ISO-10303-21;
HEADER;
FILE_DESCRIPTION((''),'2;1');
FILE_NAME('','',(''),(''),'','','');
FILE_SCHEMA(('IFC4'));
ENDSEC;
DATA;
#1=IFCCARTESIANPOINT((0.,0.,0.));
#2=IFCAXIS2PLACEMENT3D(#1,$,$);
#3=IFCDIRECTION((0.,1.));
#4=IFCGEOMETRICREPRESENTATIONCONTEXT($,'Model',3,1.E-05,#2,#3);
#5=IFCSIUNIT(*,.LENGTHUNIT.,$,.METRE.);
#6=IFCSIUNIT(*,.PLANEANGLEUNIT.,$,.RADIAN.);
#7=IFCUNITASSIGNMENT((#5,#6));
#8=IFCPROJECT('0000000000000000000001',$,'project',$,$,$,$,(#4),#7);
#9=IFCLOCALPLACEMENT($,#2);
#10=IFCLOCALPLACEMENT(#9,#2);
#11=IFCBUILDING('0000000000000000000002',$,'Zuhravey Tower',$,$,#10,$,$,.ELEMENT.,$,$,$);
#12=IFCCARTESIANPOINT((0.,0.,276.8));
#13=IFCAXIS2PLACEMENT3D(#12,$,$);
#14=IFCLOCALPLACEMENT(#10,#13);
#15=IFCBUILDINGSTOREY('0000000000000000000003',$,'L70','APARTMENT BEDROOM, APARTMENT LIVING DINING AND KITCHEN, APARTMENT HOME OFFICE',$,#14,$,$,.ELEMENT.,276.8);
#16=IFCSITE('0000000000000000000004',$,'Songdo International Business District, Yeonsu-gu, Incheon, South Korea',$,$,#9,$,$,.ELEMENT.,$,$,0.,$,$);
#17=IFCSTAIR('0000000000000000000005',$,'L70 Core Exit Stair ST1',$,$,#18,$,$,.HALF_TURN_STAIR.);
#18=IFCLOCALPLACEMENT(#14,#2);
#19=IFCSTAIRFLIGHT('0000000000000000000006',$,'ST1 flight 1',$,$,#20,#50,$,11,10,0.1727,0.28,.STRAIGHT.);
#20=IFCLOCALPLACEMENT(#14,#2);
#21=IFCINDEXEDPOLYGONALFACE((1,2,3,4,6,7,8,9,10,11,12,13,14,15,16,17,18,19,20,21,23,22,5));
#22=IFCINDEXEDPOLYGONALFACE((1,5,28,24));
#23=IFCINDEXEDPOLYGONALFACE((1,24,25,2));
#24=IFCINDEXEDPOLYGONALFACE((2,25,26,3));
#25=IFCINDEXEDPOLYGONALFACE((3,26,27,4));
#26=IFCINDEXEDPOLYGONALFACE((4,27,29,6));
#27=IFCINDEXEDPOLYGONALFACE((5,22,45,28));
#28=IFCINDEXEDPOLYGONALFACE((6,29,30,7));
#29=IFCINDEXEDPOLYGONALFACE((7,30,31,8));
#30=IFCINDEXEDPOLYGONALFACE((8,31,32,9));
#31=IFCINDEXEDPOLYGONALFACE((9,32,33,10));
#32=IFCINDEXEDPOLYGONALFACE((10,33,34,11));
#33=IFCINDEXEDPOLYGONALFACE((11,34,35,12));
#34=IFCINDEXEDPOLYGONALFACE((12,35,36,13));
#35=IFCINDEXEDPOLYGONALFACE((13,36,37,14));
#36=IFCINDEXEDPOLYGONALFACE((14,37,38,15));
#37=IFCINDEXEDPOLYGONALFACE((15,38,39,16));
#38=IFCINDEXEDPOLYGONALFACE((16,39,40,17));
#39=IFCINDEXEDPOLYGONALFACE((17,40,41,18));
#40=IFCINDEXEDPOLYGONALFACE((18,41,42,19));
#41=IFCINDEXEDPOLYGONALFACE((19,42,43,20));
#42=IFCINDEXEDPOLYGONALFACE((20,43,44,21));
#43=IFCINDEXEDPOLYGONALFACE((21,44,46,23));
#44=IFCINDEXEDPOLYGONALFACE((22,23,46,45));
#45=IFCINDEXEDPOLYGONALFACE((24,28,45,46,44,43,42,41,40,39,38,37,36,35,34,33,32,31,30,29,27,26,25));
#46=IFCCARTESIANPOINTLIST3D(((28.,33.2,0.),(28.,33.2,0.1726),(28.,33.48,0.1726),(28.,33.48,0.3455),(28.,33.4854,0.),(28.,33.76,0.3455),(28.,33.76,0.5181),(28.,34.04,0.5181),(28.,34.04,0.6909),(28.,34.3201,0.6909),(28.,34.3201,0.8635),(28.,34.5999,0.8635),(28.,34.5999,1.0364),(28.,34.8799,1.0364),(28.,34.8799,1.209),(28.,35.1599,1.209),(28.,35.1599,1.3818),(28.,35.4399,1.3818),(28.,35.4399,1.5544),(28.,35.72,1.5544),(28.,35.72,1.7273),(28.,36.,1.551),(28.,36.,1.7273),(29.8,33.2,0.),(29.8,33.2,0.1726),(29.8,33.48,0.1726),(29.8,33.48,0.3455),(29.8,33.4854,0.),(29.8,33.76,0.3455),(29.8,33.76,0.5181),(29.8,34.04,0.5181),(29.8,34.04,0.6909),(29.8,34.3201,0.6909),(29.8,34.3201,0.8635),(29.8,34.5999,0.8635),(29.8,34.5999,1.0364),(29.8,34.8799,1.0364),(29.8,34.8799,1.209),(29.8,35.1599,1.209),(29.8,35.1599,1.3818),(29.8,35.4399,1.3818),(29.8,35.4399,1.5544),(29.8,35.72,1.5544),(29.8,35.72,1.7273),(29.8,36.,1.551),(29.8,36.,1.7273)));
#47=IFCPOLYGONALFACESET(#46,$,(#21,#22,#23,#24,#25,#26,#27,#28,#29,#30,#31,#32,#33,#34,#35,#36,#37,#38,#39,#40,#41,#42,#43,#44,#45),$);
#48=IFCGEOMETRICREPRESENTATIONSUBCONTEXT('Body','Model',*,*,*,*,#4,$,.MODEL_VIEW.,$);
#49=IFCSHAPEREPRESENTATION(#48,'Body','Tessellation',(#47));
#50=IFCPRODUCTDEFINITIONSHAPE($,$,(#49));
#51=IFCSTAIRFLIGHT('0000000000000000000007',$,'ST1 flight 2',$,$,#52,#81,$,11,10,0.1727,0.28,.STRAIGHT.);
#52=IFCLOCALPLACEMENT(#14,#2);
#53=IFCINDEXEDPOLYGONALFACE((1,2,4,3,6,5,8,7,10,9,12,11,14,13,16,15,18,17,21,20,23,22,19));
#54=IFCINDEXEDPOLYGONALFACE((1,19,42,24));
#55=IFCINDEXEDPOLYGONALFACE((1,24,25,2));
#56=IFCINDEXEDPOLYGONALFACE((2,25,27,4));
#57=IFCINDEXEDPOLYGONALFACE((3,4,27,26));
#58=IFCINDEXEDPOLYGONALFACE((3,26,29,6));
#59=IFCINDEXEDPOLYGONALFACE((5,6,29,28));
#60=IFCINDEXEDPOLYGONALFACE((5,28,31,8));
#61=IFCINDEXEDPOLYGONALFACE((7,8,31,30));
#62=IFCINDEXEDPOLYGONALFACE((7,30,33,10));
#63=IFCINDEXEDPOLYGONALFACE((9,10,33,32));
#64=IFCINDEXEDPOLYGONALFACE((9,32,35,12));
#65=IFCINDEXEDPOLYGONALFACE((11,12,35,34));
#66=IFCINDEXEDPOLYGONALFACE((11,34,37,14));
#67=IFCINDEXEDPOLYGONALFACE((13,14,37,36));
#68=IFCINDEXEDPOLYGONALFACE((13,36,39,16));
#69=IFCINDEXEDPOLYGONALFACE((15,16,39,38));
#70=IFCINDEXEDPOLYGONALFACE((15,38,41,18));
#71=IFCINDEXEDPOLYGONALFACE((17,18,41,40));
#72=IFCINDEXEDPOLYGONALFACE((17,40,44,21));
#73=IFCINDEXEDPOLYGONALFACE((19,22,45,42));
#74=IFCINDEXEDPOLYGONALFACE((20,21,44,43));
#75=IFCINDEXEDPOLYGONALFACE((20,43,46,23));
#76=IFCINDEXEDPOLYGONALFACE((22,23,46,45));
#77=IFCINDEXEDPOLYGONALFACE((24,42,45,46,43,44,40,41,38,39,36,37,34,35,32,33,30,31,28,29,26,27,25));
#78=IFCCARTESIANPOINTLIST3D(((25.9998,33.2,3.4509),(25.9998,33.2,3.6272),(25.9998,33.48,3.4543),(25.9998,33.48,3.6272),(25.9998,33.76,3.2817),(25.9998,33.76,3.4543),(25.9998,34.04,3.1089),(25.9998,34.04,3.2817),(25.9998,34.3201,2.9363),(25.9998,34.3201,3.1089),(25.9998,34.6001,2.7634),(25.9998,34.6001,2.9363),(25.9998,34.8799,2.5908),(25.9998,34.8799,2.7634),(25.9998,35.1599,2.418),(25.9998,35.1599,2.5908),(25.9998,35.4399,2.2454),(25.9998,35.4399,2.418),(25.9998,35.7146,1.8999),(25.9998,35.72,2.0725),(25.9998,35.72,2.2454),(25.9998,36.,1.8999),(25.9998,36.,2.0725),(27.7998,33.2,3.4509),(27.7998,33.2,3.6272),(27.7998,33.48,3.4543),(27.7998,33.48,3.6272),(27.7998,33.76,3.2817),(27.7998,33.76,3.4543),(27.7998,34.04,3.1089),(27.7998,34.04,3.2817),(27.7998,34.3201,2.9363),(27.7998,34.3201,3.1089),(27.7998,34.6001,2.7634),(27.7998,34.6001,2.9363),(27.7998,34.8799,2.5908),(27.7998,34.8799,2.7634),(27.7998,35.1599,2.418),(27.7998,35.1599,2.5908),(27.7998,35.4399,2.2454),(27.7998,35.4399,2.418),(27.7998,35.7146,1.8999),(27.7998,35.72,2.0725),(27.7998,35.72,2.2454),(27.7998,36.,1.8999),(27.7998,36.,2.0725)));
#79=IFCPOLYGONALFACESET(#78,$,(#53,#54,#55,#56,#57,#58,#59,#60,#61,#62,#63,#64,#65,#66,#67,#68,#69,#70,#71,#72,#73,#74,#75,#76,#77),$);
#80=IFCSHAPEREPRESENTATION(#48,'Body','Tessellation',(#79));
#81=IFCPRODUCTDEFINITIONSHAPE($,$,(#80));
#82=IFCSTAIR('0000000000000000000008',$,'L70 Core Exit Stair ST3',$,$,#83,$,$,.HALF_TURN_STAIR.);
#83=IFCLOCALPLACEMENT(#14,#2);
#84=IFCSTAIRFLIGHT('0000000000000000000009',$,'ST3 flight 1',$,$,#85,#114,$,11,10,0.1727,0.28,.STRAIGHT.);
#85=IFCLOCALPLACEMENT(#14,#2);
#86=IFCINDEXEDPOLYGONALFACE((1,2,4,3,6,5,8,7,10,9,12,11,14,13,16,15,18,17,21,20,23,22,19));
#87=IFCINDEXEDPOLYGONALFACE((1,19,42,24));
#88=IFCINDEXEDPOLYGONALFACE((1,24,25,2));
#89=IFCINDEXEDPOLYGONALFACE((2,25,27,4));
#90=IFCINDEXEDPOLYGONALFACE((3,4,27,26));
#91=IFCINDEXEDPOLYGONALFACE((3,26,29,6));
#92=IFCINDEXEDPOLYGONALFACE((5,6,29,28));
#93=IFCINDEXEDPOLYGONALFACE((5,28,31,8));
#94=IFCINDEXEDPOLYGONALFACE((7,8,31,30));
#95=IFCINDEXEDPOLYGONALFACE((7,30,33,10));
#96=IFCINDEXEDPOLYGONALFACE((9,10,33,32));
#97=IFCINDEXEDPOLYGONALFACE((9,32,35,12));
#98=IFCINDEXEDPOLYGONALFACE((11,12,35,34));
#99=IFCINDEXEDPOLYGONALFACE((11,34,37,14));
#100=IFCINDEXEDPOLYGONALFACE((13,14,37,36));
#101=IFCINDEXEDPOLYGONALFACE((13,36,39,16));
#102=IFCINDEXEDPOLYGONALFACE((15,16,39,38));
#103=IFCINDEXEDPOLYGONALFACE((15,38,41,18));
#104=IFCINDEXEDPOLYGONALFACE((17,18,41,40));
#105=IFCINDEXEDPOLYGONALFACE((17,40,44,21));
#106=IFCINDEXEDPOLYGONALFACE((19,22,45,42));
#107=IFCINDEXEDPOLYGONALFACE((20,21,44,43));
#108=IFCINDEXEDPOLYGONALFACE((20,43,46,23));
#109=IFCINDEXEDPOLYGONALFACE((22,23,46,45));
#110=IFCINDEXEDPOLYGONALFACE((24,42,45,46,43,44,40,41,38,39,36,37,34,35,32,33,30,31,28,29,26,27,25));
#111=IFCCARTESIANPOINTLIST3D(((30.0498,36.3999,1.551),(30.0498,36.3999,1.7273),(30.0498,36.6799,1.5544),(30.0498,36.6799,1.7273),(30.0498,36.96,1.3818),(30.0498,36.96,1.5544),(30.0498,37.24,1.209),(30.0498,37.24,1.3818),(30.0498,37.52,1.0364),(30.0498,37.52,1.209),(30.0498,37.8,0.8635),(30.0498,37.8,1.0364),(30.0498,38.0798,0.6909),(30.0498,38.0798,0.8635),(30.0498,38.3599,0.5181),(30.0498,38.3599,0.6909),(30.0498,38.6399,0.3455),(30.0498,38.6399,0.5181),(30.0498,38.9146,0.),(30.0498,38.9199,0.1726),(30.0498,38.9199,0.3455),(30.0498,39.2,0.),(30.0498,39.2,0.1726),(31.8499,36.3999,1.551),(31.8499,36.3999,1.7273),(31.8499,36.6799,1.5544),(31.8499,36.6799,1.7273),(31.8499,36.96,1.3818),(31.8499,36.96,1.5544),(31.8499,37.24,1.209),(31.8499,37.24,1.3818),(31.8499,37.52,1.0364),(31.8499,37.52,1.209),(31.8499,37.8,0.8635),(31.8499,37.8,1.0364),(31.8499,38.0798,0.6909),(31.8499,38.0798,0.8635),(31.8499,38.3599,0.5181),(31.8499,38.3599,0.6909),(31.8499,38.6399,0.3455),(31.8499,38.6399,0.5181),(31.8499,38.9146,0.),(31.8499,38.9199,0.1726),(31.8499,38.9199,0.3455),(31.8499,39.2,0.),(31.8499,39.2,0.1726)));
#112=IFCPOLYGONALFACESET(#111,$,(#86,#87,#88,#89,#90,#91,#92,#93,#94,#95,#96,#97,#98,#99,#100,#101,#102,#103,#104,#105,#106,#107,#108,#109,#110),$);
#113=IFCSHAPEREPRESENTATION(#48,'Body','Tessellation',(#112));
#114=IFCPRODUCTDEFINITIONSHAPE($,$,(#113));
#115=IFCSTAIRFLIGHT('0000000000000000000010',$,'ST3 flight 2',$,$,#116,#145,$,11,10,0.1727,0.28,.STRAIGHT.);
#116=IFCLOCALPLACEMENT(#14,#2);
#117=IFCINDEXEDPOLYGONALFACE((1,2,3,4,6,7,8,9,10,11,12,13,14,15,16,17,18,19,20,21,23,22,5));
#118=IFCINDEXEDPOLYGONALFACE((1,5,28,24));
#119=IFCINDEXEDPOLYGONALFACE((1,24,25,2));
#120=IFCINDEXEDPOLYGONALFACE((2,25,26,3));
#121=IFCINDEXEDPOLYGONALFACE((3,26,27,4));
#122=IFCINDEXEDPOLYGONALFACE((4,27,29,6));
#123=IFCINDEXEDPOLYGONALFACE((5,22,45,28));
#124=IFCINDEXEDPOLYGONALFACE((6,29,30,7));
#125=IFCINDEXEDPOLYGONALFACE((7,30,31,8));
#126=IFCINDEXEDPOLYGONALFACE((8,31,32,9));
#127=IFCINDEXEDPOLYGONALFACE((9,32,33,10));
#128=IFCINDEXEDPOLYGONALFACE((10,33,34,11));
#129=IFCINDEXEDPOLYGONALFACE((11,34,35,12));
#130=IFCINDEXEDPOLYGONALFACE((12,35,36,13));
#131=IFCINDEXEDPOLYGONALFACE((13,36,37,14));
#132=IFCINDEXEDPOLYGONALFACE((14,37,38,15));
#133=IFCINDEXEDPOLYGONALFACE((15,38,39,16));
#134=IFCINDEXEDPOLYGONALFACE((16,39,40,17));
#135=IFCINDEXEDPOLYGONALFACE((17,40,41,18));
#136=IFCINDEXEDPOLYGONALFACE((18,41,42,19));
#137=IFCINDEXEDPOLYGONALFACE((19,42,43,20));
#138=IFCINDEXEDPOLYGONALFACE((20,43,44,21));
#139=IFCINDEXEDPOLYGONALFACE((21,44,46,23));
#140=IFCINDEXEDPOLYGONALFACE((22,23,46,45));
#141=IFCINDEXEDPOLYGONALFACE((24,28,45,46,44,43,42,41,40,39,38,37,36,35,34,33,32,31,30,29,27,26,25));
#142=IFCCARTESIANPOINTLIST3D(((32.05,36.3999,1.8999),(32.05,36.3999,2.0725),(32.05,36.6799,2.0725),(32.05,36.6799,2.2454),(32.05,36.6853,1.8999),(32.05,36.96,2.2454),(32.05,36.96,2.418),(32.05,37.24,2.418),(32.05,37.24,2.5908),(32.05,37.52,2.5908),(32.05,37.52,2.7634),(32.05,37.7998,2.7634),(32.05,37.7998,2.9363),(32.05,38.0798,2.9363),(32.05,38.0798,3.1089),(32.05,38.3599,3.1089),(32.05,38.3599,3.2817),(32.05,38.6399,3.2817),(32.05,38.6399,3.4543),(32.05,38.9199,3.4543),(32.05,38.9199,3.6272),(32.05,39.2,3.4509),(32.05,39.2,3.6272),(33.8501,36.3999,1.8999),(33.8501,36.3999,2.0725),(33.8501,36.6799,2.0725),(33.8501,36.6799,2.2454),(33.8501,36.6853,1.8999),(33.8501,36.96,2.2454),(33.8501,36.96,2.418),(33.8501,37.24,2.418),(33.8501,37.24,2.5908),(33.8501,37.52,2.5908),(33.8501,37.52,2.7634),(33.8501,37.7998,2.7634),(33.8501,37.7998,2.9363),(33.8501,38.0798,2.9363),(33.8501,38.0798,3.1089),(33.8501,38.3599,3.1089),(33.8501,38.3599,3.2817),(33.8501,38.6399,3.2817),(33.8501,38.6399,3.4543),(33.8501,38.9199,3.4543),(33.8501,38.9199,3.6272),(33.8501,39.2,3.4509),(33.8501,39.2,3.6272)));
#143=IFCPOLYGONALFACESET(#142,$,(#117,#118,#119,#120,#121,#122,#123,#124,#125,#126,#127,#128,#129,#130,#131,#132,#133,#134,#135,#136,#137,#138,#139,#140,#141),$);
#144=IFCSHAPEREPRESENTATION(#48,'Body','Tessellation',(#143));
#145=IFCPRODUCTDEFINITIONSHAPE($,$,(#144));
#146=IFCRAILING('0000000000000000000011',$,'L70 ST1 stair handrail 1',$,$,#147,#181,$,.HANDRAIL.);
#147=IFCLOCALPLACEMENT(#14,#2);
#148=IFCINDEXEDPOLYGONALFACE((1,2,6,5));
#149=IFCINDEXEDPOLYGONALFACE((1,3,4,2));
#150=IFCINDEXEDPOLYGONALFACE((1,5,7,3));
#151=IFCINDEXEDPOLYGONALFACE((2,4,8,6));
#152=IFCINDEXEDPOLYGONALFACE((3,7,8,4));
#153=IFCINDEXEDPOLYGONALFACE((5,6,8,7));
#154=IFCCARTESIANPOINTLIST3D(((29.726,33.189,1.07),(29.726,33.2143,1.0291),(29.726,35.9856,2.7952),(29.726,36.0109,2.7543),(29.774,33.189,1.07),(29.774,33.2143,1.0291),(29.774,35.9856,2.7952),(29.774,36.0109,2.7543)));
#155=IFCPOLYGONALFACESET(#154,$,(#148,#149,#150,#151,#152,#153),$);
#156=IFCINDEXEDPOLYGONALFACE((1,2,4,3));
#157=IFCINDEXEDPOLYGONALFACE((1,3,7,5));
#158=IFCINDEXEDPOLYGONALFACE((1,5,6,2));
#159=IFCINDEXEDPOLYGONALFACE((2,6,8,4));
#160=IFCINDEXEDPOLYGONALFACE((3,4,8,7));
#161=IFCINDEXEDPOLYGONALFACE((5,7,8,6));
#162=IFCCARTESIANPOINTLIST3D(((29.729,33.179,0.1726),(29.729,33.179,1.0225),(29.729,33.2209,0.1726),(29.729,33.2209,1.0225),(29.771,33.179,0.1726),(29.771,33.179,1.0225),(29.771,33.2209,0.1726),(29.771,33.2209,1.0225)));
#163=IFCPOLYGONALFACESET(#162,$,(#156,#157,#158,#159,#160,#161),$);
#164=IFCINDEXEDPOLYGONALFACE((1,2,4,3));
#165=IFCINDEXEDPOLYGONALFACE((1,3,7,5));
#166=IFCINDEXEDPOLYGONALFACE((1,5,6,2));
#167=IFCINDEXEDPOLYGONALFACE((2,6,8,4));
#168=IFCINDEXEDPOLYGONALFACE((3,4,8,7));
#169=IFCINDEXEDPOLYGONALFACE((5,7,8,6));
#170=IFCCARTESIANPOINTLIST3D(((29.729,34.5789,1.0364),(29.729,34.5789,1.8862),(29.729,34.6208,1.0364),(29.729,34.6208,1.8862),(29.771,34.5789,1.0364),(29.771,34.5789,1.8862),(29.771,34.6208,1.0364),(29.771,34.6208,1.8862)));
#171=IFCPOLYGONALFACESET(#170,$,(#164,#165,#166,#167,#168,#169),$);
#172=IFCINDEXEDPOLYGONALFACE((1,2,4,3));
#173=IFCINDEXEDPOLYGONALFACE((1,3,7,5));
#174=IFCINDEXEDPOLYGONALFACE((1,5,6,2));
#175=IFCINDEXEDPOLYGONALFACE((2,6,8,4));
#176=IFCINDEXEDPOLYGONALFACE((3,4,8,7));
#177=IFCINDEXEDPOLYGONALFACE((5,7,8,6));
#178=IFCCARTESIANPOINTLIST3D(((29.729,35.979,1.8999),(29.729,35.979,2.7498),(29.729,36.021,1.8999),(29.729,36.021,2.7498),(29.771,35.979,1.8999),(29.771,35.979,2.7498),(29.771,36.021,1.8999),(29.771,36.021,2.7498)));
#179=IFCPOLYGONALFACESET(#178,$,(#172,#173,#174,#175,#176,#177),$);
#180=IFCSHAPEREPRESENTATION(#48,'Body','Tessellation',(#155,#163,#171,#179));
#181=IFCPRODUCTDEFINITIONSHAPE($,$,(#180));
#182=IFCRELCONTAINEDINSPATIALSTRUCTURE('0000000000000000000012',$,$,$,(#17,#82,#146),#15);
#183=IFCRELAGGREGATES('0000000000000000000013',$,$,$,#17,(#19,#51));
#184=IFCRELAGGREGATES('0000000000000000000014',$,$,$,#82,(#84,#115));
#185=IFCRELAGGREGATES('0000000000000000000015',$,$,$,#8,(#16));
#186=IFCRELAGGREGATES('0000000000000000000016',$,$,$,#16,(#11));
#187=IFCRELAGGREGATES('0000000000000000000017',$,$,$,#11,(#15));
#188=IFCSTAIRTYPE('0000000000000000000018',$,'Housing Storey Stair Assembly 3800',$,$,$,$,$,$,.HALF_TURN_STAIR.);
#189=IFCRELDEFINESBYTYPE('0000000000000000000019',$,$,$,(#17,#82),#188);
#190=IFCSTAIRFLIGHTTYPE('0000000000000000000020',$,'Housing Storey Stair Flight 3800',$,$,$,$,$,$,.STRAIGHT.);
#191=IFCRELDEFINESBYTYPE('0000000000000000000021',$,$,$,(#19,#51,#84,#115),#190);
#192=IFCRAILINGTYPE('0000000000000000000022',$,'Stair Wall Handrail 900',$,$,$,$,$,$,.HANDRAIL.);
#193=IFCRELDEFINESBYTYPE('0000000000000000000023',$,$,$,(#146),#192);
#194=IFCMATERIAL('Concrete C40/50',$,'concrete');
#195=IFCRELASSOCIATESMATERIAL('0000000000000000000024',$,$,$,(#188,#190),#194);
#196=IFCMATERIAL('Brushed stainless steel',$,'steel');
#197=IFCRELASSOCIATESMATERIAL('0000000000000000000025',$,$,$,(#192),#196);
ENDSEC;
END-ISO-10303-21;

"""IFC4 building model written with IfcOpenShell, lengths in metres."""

from ifc_helpers import new_model, si_unit, direction, frame, origin, origin_2d, place, context, subcontext, project, spatial, polyline, rectangle, outline, extrude, material, type_object, element, aggregate, save


model = new_model("IFC4")

# Units and contexts
model_context = context("Model", 3, precision=1e-05, world=origin(), true_north=direction((0.0, 1.0)))
body_context = subcontext(model_context, "Body", "Model", "MODEL_VIEW")
ifc_project = project(units=[si_unit("LENGTHUNIT", "METRE"), si_unit("PLANEANGLEUNIT", "RADIAN")], contexts=[model_context])

# Site, building, storey
site_placement = place(None, origin())
site = spatial("IfcSite", under=ifc_project, at=site_placement, Name="Songdo International Business District, Yeonsu-gu, Incheon, South Korea", CompositionType="ELEMENT", RefElevation=0.0)
building_placement = place(site_placement, origin())
building = spatial("IfcBuilding", under=site, at=building_placement, Name="Zuhravey Tower", CompositionType="ELEMENT")
storey_placement = place(building_placement, frame((0.0, 0.0, 276.8)))
storey = spatial("IfcBuildingStorey", under=building, at=storey_placement, Name="L70", Description="APARTMENT BEDROOM, APARTMENT LIVING DINING AND KITCHEN, APARTMENT HOME OFFICE", CompositionType="ELEMENT", Elevation=276.8)

# Stairs, stair flights
ifc_material_1 = material(Name="Concrete C40/50", Category="concrete")
stair_type = type_object("IfcStairType", Name="Housing Storey Stair Assembly 3800", PredefinedType="HALF_TURN_STAIR", material=ifc_material_1)
stair_1_placement = place(storey_placement, origin())
stair_1 = element("IfcStair", 1, at=stair_1_placement, inside=storey, type_object=stair_type, Name="L70 Core Exit Stair ST1", PredefinedType="HALF_TURN_STAIR")
stair_flight_type = type_object("IfcStairFlightType", Name="Housing Storey Stair Flight 3800", PredefinedType="STRAIGHT", material=ifc_material_1)
stair_flight_1_placement = place(storey_placement, frame((28.8999, 33.2, 0.0), z_axis=(0.0, 0.0, 1.0), x_axis=(0.0, 1.0, 0.0)))
stair_flight_1 = element("IfcStairFlight", 2, at=stair_flight_1_placement, type_object=stair_flight_type, Name="ST1 flight 1", NumberOfRisers=11, NumberOfTreads=10, PredefinedType="STRAIGHT", RiserHeight=0.1727, TreadLength=0.28, context=body_context, shape_type="SweptSolid", body=[
    extrude(outline(polyline([(0.0, 0.0), (0.0, 0.1726), (0.28, 0.1726), (0.28, 0.3455), (0.5601, 0.3455), (0.5601, 0.5181), (0.8401, 0.5181), (0.8401, 0.6909), (1.1201, 0.6909), (1.1201, 0.8635), (1.3999, 0.8635), (1.3999, 1.0364), (1.6799, 1.0364), (1.6799, 1.209), (1.96, 1.209), (1.96, 1.3818), (2.24, 1.3818), (2.24, 1.5544), (2.52, 1.5544), (2.52, 1.7273), (2.8, 1.7273), (2.8, 1.8999), (2.8, 1.551), (0.2854, 0.0), (0.0, 0.0)])), frame((0.0, 0.8999, 0.0), z_axis=(0.0, -1.0, 0.0), x_axis=(1.0, 0.0, 0.0)), (0.0, 0.0, 1.0), 1.8),
])
stair_flight_2_placement = place(storey_placement, frame((26.8999, 36.0, 1.8999), z_axis=(0.0, 0.0, 1.0), x_axis=(0.0, -1.0, 0.0)))
stair_flight_2 = element("IfcStairFlight", 3, at=stair_flight_2_placement, type_object=stair_flight_type, Name="ST1 flight 2", NumberOfRisers=11, NumberOfTreads=10, PredefinedType="STRAIGHT", RiserHeight=0.1727, TreadLength=0.28, context=body_context, shape_type="SweptSolid", body=[
    extrude(outline(polyline([(0.0, 0.0), (0.0, 0.1726), (0.28, 0.1726), (0.28, 0.3455), (0.5601, 0.3455), (0.5601, 0.5181), (0.8401, 0.5181), (0.8401, 0.6909), (1.1201, 0.6909), (1.1201, 0.8635), (1.3999, 0.8635), (1.3999, 1.0364), (1.6799, 1.0364), (1.6799, 1.209), (1.96, 1.209), (1.96, 1.3818), (2.24, 1.3818), (2.24, 1.5544), (2.52, 1.5544), (2.52, 1.7273), (2.8, 1.7273), (2.8, 1.8999), (2.8, 1.551), (0.2854, 0.0), (0.0, 0.0)])), frame((0.0, 0.8999, 0.0), z_axis=(0.0, -1.0, 0.0), x_axis=(1.0, 0.0, 0.0)), (0.0, 0.0, 1.0), 1.8),
])
aggregate(stair_1, [stair_flight_1, stair_flight_2])
stair_2_placement = place(storey_placement, origin())
stair_2 = element("IfcStair", 4, at=stair_2_placement, inside=storey, type_object=stair_type, Name="L70 Core Exit Stair ST3", PredefinedType="HALF_TURN_STAIR")
stair_flight_3_placement = place(storey_placement, frame((30.95, 39.2, 0.0), z_axis=(0.0, 0.0, 1.0), x_axis=(0.0, -1.0, 0.0)))
stair_flight_3 = element("IfcStairFlight", 5, at=stair_flight_3_placement, type_object=stair_flight_type, Name="ST3 flight 1", NumberOfRisers=11, NumberOfTreads=10, PredefinedType="STRAIGHT", RiserHeight=0.1727, TreadLength=0.28, context=body_context, shape_type="SweptSolid", body=[
    extrude(outline(polyline([(0.0, 0.0), (0.0, 0.1726), (0.28, 0.1726), (0.28, 0.3455), (0.5601, 0.3455), (0.5601, 0.5181), (0.8401, 0.5181), (0.8401, 0.6909), (1.1201, 0.6909), (1.1201, 0.8635), (1.3999, 0.8635), (1.3999, 1.0364), (1.6799, 1.0364), (1.6799, 1.209), (1.96, 1.209), (1.96, 1.3818), (2.24, 1.3818), (2.24, 1.5544), (2.52, 1.5544), (2.52, 1.7273), (2.8, 1.7273), (2.8, 1.8999), (2.8, 1.551), (0.2854, 0.0), (0.0, 0.0)])), frame((0.0, 0.8999, 0.0), z_axis=(0.0, -1.0, 0.0), x_axis=(1.0, 0.0, 0.0)), (0.0, 0.0, 1.0), 1.8),
])
stair_flight_4_placement = place(storey_placement, frame((32.95, 36.3999, 1.8999), z_axis=(0.0, 0.0, 1.0), x_axis=(0.0, 1.0, 0.0)))
stair_flight_4 = element("IfcStairFlight", 6, at=stair_flight_4_placement, type_object=stair_flight_type, Name="ST3 flight 2", NumberOfRisers=11, NumberOfTreads=10, PredefinedType="STRAIGHT", RiserHeight=0.1727, TreadLength=0.28, context=body_context, shape_type="SweptSolid", body=[
    extrude(outline(polyline([(0.0, 0.0), (0.0, 0.1726), (0.28, 0.1726), (0.28, 0.3455), (0.5601, 0.3455), (0.5601, 0.5181), (0.8401, 0.5181), (0.8401, 0.6909), (1.1201, 0.6909), (1.1201, 0.8635), (1.3999, 0.8635), (1.3999, 1.0364), (1.6799, 1.0364), (1.6799, 1.209), (1.96, 1.209), (1.96, 1.3818), (2.24, 1.3818), (2.24, 1.5544), (2.52, 1.5544), (2.52, 1.7273), (2.8, 1.7273), (2.8, 1.8999), (2.8, 1.551), (0.2854, 0.0), (0.0, 0.0)])), frame((0.0, 0.8999, 0.0), z_axis=(0.0, -1.0, 0.0), x_axis=(1.0, 0.0, 0.0)), (0.0, 0.0, 1.0), 1.8),
])
aggregate(stair_2, [stair_flight_3, stair_flight_4])

# Railing
ifc_material_2 = material(Name="Brushed stainless steel", Category="steel")
railing_type_1 = type_object("IfcRailingType", Name="Stair Wall Handrail 900", PredefinedType="HANDRAIL", material=ifc_material_2)
railing_1_placement = place(storey_placement, frame((29.75, 33.2, 0.1726)))
element("IfcRailing", 7, at=railing_1_placement, inside=storey, type_object=railing_type_1, Name="L70 ST1 stair handrail 1", PredefinedType="HANDRAIL", context=body_context, shape_type="SweptSolid", body=[
    extrude(rectangle(XDim=0.0481, YDim=0.0481, at=origin_2d()), frame((0.0, 0.0017, 0.877), z_axis=(0.0, 0.85109, 0.52502), x_axis=(-1.0, 0.0, 0.0)), (0.0, 0.0, 1.0), 3.2859),
    extrude(rectangle(XDim=0.042, YDim=0.042, at=origin_2d()), origin(), (0.0, 0.0, 1.0), 0.8499),
    extrude(rectangle(XDim=0.042, YDim=0.042, at=origin_2d()), frame((0.0, 1.3999, 0.8638)), (0.0, 0.0, 1.0), 0.8499),
    extrude(rectangle(XDim=0.042, YDim=0.042, at=origin_2d()), frame((0.0, 2.8, 1.7273)), (0.0, 0.0, 1.0), 0.8499),
])

save(model, "model.ifc")
